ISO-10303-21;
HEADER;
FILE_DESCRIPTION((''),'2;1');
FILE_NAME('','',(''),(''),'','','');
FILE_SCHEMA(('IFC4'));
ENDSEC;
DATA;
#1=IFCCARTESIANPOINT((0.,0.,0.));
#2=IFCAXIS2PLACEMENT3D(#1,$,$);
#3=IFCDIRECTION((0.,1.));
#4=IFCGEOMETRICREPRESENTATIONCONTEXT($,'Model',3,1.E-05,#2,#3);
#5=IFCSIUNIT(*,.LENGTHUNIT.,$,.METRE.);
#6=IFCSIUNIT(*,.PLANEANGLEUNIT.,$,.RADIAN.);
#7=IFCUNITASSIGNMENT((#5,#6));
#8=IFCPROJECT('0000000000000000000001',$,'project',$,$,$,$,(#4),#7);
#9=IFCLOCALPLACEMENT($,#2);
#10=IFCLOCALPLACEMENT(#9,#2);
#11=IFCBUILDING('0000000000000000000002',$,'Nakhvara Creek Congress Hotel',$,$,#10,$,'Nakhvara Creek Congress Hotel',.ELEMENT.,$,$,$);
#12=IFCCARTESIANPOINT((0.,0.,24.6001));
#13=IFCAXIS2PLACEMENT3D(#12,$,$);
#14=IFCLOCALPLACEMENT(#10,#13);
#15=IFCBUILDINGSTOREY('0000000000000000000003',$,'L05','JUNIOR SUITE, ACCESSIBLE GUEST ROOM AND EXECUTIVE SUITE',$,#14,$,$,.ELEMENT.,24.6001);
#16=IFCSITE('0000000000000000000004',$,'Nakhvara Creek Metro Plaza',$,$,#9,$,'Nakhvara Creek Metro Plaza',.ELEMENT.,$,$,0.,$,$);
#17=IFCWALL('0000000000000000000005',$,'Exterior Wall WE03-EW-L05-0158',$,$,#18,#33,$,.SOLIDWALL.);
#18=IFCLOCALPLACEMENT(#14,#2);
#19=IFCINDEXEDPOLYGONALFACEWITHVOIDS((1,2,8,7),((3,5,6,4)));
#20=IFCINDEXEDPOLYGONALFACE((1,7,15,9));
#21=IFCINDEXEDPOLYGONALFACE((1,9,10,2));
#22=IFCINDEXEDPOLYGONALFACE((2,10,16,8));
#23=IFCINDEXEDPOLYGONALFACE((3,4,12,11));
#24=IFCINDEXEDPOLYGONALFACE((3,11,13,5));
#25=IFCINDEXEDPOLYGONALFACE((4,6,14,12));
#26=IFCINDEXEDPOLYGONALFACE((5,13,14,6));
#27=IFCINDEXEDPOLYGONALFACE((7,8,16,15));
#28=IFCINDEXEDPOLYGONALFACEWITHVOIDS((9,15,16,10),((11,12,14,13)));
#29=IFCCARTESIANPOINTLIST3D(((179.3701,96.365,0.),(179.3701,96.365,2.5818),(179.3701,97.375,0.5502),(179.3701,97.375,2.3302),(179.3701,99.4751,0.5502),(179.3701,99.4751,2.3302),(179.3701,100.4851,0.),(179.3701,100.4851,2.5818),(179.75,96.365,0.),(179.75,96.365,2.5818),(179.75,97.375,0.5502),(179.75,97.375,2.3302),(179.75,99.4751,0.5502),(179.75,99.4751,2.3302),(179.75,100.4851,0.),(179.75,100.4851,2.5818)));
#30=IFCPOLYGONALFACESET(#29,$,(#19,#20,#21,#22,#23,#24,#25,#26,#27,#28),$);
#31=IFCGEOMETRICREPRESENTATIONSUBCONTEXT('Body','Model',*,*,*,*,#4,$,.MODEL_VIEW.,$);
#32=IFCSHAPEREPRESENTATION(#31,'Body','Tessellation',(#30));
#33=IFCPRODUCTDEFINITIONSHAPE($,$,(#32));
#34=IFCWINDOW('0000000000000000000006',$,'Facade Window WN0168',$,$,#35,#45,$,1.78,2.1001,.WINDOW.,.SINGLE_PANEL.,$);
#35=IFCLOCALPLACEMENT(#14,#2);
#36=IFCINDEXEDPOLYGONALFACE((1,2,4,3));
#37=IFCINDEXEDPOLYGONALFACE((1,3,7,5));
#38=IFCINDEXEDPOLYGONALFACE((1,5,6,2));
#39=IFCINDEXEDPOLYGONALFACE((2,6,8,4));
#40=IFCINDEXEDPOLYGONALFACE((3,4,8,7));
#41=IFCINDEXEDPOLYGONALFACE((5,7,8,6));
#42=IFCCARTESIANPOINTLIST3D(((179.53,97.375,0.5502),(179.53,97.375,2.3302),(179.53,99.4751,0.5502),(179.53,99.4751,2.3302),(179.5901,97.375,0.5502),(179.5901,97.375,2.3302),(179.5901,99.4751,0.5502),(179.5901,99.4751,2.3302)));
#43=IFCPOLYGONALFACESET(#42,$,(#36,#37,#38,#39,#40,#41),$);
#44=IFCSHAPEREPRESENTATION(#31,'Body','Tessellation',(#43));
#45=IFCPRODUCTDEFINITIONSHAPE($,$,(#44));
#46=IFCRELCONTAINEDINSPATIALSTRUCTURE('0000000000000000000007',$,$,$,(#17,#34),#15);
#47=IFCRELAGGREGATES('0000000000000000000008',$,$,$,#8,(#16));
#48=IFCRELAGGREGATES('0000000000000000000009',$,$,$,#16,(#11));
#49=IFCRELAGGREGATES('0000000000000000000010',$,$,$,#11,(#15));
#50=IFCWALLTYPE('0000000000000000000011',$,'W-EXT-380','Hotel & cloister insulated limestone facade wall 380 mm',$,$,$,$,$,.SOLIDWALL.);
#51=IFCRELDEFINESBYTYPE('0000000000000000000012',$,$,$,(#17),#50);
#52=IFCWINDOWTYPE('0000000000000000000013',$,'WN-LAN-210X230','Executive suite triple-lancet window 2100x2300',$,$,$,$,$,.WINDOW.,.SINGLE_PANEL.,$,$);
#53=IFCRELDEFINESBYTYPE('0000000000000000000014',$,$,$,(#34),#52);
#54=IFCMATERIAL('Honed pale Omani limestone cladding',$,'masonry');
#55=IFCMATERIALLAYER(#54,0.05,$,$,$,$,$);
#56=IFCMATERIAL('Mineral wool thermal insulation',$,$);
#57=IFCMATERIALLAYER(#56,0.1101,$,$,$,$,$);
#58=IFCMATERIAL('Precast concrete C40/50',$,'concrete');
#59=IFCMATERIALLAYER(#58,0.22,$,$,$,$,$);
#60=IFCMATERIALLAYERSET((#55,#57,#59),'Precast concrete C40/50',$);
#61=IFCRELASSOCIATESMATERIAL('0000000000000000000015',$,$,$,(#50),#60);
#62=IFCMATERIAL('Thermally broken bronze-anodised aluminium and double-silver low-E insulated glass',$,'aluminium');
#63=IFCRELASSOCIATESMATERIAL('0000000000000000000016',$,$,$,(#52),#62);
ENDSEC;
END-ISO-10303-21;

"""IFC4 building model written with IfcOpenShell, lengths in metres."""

from ifc_helpers import new_model, si_unit, direction, frame, frame_2d, origin, place, context, subcontext, project, spatial, rectangle, extrude, material, layer, layer_set, type_object, element, fill, save


model = new_model("IFC4")

# Units and contexts
model_context = context("Model", 3, precision=1e-05, world=origin(), true_north=direction((0.0, 1.0)))
body_context = subcontext(model_context, "Body", "Model", "MODEL_VIEW")
ifc_project = project(units=[si_unit("LENGTHUNIT", "METRE"), si_unit("PLANEANGLEUNIT", "RADIAN")], contexts=[model_context])

# Site, building, storey
site_placement = place(None, origin())
site = spatial("IfcSite", under=ifc_project, at=site_placement, Name="Nakhvara Creek Metro Plaza", LongName="Nakhvara Creek Metro Plaza", CompositionType="ELEMENT", RefElevation=0.0)
building_placement = place(site_placement, origin())
building = spatial("IfcBuilding", under=site, at=building_placement, Name="Nakhvara Creek Congress Hotel", LongName="Nakhvara Creek Congress Hotel", CompositionType="ELEMENT")
storey_placement = place(building_placement, frame((0.0, 0.0, 24.6001)))
storey = spatial("IfcBuildingStorey", under=building, at=storey_placement, Name="L05", Description="JUNIOR SUITE, ACCESSIBLE GUEST ROOM AND EXECUTIVE SUITE", CompositionType="ELEMENT", Elevation=24.6001)

# Wall, opening, window
ifc_material_1 = material(Name="Honed pale Omani limestone cladding", Category="masonry")
ifc_layer_1 = layer(ifc_material_1, 0.05)
ifc_material_2 = material(Name="Mineral wool thermal insulation")
ifc_layer_2 = layer(ifc_material_2, 0.1101)
ifc_material_3 = material(Name="Precast concrete C40/50", Category="concrete")
ifc_layer_3 = layer(ifc_material_3, 0.22)
ifc_layer_set_1 = layer_set([ifc_layer_1, ifc_layer_2, ifc_layer_3], Name="Precast concrete C40/50")
wall_type = type_object("IfcWallType", Name="W-EXT-380", Description="Hotel & cloister insulated limestone facade wall 380 mm", PredefinedType="SOLIDWALL", material=ifc_layer_set_1)
wall_placement = place(storey_placement, frame((179.5601, 100.4851, 0.0), z_axis=(0.0, 0.0, 1.0), x_axis=(0.0, -1.0, 0.0)))
wall = element("IfcWall", 1, at=wall_placement, inside=storey, type_object=wall_type, Name="Exterior Wall WE03-EW-L05-0158", PredefinedType="SOLIDWALL", context=body_context, shape_type="SweptSolid", body=[
    extrude(rectangle(XDim=4.1201, YDim=0.3799, at=frame_2d((2.0601, 0.0))), origin(), (0.0, 0.0, 1.0), 2.5818),
])
opening_placement = place(wall_placement, frame((1.01, 0.0, 0.55)))
opening = element("IfcOpeningElement", 2, at=opening_placement, cuts=wall, PredefinedType="OPENING", context=body_context, shape_type="SweptSolid", body=[
    extrude(rectangle(XDim=2.1001, YDim=1.78, at=frame_2d((1.05, 0.8901))), frame((0.0, 0.2019, 0.0), z_axis=(0.0, -1.0, 0.0), x_axis=(1.0, 0.0, 0.0)), (0.0, 0.0, 1.0), 0.4038),
])
ifc_material_4 = material(Name="Thermally broken bronze-anodised aluminium and double-silver low-E insulated glass", Category="aluminium")
window_type = type_object("IfcWindowType", Name="WN-LAN-210X230", Description="Executive suite triple-lancet window 2100x2300", PartitioningType="SINGLE_PANEL", PredefinedType="WINDOW", material=ifc_material_4)
window_placement = place(opening_placement, origin())
window = element("IfcWindow", 3, at=window_placement, inside=storey, type_object=window_type, Name="Facade Window WN0168", OverallHeight=1.78, OverallWidth=2.1001, PartitioningType="SINGLE_PANEL", PredefinedType="WINDOW", context=body_context, shape_type="SweptSolid", body=[
    extrude(rectangle(XDim=2.1001, YDim=1.78, at=frame_2d((1.05, 0.8901))), frame((0.0, 0.03, 0.0), z_axis=(0.0, -1.0, 0.0), x_axis=(1.0, 0.0, 0.0)), (0.0, 0.0, 1.0), 0.0601),
])
fill(opening, window)

save(model, "model.ifc")
